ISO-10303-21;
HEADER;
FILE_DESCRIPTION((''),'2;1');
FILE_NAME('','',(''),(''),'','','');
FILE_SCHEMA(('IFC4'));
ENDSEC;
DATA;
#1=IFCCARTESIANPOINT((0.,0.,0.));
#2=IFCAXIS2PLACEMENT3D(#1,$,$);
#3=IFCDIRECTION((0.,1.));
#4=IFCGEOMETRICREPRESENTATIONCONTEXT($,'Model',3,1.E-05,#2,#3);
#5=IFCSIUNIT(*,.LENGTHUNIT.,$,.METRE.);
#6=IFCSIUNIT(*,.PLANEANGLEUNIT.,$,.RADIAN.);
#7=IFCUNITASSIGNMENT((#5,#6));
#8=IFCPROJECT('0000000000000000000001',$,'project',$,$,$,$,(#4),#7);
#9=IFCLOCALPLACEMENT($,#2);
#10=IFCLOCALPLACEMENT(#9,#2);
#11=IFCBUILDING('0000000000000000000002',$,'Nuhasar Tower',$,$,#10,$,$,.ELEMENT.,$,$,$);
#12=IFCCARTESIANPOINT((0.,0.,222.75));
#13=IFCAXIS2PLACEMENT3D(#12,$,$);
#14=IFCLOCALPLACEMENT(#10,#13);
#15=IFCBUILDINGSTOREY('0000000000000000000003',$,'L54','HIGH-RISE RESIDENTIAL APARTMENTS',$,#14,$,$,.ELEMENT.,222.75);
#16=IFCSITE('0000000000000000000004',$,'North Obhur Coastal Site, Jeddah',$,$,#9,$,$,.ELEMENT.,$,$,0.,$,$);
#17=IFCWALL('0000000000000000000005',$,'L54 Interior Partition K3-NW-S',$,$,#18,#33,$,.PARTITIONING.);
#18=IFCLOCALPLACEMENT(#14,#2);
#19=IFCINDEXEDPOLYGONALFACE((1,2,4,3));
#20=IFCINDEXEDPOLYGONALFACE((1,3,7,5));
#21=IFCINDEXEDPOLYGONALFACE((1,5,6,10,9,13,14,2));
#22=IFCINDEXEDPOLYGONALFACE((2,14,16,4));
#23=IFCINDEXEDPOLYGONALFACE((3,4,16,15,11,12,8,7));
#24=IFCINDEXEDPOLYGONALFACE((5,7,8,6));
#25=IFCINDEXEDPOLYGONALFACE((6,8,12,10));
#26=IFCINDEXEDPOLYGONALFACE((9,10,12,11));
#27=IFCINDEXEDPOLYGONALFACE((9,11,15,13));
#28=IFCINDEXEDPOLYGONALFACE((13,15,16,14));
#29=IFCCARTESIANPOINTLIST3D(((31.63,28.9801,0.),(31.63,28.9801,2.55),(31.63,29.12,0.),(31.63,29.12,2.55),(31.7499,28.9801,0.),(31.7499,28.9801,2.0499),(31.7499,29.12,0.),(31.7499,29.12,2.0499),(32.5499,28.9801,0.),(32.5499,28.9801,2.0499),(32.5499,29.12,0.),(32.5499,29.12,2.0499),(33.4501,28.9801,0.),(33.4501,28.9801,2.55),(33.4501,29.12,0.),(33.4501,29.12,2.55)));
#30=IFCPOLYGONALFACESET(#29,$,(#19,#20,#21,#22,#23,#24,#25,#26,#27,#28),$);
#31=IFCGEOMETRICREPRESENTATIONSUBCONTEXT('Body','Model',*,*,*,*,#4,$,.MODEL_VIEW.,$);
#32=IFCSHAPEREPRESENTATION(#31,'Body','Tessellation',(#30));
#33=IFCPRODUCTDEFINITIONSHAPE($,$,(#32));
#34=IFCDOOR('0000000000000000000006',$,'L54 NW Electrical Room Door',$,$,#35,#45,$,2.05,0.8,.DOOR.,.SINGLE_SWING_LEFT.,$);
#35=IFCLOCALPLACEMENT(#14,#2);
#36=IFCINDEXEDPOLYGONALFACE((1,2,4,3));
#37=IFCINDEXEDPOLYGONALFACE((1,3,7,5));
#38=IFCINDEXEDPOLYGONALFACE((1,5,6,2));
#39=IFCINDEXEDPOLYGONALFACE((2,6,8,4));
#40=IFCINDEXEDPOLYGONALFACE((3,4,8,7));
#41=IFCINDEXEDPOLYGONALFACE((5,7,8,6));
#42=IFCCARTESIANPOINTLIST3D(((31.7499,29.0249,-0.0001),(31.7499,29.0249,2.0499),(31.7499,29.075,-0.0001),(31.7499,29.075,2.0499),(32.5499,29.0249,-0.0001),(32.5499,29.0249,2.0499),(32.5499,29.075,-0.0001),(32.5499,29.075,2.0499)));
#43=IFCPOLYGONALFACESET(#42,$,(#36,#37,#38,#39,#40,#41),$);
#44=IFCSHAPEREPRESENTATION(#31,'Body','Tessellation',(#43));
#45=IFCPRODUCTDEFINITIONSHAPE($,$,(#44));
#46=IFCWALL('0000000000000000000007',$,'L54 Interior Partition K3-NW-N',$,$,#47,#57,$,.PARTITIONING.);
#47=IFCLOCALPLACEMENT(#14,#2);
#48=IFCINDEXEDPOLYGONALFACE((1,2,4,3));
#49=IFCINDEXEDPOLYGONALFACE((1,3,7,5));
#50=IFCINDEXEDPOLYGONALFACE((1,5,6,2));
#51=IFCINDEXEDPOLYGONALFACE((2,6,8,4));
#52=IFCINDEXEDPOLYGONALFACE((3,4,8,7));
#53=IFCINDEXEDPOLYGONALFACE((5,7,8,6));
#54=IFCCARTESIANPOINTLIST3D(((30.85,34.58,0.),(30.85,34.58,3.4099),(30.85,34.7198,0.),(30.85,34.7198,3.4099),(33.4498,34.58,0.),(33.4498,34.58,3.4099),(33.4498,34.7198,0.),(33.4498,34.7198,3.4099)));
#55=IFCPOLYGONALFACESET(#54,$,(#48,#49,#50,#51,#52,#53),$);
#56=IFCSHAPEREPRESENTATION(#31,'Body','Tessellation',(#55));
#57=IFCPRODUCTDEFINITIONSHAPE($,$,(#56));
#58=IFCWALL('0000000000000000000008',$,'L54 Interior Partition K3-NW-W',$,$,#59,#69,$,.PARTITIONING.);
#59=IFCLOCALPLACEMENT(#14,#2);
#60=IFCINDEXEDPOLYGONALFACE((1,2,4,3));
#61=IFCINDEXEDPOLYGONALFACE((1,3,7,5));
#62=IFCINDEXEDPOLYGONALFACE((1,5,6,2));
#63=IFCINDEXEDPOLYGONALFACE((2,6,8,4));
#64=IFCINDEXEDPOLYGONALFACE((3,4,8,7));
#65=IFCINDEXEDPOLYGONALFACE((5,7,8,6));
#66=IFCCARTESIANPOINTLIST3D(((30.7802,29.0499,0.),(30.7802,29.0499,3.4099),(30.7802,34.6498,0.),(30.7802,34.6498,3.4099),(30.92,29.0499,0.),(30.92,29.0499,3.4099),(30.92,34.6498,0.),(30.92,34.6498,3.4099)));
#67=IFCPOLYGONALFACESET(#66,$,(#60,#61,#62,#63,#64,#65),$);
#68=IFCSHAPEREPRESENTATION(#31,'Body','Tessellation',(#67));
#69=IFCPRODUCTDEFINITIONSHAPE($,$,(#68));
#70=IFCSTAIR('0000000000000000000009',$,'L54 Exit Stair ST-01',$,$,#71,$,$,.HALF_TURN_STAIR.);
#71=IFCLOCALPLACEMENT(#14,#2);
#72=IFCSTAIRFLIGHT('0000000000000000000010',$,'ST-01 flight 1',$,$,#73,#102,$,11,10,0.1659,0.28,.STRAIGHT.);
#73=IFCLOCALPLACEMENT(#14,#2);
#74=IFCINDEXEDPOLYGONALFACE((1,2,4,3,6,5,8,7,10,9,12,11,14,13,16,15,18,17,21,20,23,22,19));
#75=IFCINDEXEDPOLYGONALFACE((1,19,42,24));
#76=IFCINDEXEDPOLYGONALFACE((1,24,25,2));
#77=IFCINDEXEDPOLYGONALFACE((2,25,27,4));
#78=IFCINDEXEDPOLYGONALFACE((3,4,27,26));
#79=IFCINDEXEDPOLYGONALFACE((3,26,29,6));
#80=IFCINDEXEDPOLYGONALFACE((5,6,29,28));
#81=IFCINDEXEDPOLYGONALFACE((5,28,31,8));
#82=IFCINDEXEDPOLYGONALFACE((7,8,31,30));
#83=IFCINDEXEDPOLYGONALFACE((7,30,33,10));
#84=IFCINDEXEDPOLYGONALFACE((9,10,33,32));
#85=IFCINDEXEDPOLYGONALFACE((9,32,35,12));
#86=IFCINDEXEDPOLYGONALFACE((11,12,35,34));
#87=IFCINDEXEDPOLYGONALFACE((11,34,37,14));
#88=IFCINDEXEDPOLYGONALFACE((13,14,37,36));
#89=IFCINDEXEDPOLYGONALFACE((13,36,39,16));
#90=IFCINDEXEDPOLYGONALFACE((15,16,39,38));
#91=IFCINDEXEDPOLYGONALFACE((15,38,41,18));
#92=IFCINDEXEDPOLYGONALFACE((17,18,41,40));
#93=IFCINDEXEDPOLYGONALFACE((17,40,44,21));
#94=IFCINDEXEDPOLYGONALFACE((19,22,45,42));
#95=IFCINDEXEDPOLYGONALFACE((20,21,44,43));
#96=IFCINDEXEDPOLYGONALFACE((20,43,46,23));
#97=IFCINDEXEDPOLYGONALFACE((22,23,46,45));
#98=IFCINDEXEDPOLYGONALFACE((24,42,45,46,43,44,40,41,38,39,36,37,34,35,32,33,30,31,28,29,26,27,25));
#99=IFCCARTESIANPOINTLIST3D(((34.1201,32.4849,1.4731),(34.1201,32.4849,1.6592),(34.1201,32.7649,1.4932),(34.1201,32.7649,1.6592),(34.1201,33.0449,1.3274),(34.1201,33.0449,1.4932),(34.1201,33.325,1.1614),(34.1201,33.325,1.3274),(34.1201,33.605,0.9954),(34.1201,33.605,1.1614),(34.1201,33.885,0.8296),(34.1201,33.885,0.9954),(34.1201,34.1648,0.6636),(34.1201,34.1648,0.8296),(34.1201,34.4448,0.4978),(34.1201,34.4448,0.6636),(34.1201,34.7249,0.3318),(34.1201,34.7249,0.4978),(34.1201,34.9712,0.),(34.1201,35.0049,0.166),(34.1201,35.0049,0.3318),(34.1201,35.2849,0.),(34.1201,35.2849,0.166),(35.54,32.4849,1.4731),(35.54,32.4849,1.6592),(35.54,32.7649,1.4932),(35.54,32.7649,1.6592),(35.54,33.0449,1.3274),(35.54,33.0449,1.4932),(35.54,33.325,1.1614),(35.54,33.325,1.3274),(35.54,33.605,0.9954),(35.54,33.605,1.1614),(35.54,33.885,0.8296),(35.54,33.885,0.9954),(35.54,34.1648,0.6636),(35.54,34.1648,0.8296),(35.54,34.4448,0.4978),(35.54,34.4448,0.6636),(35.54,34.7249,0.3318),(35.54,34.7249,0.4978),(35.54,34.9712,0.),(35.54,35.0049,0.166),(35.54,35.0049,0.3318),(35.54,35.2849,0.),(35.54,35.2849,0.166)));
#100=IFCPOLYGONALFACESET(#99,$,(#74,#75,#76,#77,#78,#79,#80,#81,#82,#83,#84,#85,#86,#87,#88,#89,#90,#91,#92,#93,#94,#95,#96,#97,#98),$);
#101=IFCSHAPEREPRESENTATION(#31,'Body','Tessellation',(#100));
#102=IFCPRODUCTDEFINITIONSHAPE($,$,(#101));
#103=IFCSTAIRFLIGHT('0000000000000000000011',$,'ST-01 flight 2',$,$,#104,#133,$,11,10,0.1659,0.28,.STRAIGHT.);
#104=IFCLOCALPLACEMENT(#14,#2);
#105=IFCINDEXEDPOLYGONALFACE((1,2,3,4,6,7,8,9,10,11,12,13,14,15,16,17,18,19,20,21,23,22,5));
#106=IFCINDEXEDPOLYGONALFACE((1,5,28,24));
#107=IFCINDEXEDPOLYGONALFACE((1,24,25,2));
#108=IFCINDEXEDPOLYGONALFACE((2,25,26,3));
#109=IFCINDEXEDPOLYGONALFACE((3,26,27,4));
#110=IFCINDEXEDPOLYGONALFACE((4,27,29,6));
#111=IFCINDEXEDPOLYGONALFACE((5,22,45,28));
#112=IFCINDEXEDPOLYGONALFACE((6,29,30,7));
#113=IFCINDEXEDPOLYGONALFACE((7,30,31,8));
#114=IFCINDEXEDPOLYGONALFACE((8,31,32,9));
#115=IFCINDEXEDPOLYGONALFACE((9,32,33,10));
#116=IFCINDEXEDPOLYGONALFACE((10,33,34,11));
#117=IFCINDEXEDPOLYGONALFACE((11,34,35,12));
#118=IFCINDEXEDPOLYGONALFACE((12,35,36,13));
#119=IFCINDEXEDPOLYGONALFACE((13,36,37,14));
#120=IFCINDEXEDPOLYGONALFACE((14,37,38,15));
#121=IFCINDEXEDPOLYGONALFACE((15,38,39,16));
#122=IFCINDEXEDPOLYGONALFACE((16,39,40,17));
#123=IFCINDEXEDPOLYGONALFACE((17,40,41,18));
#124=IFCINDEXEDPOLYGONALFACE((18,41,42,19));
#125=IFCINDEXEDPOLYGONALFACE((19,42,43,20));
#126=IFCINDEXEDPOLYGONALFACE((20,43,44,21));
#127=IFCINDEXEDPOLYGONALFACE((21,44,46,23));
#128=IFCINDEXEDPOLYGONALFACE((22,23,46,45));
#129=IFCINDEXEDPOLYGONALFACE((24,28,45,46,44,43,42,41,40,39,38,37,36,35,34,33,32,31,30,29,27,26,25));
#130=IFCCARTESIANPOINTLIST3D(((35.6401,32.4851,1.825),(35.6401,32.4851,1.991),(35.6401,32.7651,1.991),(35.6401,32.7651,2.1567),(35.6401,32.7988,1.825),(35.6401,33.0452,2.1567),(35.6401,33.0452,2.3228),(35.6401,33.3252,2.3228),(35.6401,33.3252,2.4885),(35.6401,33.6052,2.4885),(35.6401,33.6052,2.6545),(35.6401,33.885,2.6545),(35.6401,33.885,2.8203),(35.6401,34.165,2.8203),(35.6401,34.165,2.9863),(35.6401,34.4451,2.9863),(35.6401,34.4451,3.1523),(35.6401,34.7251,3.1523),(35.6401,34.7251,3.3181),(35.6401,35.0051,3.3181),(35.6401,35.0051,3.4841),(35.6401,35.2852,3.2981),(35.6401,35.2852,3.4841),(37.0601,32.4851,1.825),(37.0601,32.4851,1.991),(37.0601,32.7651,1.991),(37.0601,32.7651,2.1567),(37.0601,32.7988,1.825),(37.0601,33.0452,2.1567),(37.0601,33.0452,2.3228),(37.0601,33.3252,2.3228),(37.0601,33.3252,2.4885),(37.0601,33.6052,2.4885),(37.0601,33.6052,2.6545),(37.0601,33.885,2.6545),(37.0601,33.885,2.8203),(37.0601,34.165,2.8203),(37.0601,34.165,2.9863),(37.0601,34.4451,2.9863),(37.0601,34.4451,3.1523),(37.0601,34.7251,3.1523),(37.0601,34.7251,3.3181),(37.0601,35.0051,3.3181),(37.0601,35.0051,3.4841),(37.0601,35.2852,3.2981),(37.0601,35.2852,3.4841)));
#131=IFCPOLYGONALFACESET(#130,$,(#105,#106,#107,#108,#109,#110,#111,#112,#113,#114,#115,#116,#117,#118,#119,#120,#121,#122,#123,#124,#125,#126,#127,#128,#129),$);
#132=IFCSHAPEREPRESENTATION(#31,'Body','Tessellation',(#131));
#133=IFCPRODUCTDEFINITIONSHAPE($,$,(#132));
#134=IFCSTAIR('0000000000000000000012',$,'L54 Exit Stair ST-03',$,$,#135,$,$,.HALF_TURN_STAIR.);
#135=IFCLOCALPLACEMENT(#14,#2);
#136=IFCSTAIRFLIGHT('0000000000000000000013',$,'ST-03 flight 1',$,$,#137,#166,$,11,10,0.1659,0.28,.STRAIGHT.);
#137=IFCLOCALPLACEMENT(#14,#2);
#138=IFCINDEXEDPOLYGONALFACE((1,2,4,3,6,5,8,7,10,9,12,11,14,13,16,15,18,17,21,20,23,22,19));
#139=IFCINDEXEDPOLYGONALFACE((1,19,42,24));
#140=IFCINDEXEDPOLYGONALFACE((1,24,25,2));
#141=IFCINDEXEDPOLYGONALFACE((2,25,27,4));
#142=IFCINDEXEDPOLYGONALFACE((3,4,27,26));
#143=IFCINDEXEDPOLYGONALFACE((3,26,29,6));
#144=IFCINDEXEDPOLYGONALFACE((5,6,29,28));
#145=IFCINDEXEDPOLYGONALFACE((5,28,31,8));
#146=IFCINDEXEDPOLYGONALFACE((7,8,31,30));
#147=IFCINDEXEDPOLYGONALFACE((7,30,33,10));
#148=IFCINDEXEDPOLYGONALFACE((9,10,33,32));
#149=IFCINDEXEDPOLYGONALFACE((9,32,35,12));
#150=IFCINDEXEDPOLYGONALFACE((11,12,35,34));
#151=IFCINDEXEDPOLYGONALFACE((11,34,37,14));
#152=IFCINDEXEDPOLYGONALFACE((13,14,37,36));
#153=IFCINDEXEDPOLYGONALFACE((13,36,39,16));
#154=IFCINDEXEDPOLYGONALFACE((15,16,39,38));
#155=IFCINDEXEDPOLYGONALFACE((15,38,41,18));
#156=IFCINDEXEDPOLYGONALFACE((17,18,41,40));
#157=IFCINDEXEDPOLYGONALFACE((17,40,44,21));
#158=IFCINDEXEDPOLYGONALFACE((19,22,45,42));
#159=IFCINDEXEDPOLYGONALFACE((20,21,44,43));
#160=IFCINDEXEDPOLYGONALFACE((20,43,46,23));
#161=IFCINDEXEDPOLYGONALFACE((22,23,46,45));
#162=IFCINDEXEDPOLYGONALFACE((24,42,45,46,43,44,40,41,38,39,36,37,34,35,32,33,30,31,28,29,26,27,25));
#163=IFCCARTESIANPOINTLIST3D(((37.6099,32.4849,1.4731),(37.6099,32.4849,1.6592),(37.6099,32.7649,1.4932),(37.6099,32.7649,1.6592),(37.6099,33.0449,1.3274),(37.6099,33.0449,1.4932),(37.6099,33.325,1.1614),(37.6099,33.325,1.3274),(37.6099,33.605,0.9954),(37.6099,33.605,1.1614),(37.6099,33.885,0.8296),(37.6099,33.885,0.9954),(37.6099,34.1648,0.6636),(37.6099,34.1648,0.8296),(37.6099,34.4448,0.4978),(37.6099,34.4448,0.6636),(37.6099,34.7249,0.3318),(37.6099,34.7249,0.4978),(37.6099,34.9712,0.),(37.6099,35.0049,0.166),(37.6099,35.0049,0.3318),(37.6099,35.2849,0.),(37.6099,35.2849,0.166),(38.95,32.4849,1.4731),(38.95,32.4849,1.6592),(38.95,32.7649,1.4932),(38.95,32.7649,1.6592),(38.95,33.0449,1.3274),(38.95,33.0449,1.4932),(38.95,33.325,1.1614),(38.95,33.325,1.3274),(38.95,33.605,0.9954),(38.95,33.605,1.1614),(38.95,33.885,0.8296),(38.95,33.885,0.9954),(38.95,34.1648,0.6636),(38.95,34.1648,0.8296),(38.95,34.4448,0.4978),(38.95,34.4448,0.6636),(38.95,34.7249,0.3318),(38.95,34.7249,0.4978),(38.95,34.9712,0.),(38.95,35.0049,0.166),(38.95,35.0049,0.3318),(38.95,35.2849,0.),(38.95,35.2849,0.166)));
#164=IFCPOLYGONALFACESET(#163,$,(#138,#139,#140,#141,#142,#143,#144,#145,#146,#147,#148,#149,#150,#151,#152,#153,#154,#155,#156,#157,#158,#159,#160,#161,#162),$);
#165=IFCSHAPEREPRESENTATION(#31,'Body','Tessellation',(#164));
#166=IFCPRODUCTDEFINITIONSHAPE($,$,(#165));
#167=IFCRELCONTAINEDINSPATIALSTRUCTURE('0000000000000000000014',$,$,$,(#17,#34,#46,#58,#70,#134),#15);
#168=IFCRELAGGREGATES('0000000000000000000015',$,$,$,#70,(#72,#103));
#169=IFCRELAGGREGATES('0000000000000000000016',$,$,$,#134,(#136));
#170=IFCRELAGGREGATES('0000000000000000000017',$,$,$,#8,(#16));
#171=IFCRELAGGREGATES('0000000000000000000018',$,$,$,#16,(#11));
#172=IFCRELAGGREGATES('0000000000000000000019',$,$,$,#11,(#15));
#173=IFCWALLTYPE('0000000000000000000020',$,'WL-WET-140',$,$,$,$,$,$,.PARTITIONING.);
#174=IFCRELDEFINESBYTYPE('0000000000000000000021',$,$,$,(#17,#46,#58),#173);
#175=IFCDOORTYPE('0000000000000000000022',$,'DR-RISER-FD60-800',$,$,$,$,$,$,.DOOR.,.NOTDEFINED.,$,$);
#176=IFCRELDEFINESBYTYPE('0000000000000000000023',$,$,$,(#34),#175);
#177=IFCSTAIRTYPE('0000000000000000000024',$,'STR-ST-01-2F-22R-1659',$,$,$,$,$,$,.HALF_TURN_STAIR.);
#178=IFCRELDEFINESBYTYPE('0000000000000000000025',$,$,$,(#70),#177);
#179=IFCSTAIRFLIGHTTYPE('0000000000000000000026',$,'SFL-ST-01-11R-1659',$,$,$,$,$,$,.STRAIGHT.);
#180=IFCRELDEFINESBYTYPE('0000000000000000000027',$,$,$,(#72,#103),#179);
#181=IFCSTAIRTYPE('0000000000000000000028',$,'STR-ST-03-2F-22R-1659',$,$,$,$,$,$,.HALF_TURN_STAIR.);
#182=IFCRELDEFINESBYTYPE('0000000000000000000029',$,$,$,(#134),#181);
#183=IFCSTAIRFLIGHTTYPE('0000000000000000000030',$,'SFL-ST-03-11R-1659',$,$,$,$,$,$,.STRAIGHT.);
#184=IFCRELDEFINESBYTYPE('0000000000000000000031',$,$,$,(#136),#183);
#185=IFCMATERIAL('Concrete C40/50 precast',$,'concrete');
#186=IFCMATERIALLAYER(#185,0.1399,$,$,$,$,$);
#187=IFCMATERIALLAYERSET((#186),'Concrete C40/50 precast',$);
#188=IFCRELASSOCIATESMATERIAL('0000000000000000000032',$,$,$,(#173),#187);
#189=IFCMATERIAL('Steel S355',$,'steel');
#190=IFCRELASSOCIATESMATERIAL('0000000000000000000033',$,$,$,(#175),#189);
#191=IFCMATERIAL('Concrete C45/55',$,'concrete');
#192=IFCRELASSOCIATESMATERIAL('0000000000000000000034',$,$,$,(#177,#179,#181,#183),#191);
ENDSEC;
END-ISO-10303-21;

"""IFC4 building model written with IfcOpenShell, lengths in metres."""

from ifc_helpers import new_model, si_unit, direction, frame, frame_2d, origin, place, context, subcontext, project, spatial, polyline, rectangle, outline, extrude, material, layer, layer_set, type_object, element, fill, aggregate, save


model = new_model("IFC4")

# Units and contexts
model_context = context("Model", 3, precision=1e-05, world=origin(), true_north=direction((0.0, 1.0)))
body_context = subcontext(model_context, "Body", "Model", "MODEL_VIEW")
ifc_project = project(units=[si_unit("LENGTHUNIT", "METRE"), si_unit("PLANEANGLEUNIT", "RADIAN")], contexts=[model_context])

# Site, building, storey
site_placement = place(None, origin())
site = spatial("IfcSite", under=ifc_project, at=site_placement, Name="North Obhur Coastal Site, Jeddah", CompositionType="ELEMENT", RefElevation=0.0)
building_placement = place(site_placement, origin())
building = spatial("IfcBuilding", under=site, at=building_placement, Name="Nuhasar Tower", CompositionType="ELEMENT")
storey_placement = place(building_placement, frame((0.0, 0.0, 222.75)))
storey = spatial("IfcBuildingStorey", under=building, at=storey_placement, Name="L54", Description="HIGH-RISE RESIDENTIAL APARTMENTS", CompositionType="ELEMENT", Elevation=222.75)

# Shared definitions
ifc_material_1 = material(Name="Steel S355", Category="steel")

# Shared definitions
ifc_material_2 = material(Name="Concrete C40/50 precast", Category="concrete")
ifc_layer_1 = layer(ifc_material_2, 0.1399)
ifc_layer_set_1 = layer_set([ifc_layer_1], Name="Concrete C40/50 precast")
wall_type_1 = type_object("IfcWallType", Name="WL-WET-140", PredefinedType="PARTITIONING", material=ifc_layer_set_1)

# Wall, opening, door
wall_1_placement = place(storey_placement, frame((31.6299, 29.05, 0.0), z_axis=(0.0, 0.0, 1.0), x_axis=(1.0, 0.0, 0.0)))
wall_1 = element("IfcWall", 1, at=wall_1_placement, inside=storey, type_object=wall_type_1, Name="L54 Interior Partition K3-NW-S", PredefinedType="PARTITIONING", context=body_context, shape_type="SweptSolid", body=[
    extrude(rectangle(XDim=1.8201, YDim=0.1399, at=frame_2d((0.9102, 0.0))), origin(), (0.0, 0.0, 1.0), 2.55),
])
opening_1_placement = place(wall_1_placement, frame((0.1201, 0.0, 0.0)))
opening_1 = element("IfcOpeningElement", 2, at=opening_1_placement, cuts=wall_1, PredefinedType="OPENING", context=body_context, shape_type="SweptSolid", body=[
    extrude(rectangle(XDim=0.8, YDim=2.05, at=frame_2d((0.3999, 1.0249))), frame((0.0, 0.0801, 0.0), z_axis=(0.0, -1.0, 0.0), x_axis=(1.0, 0.0, 0.0)), (0.0, 0.0, 1.0), 0.1599),
])
door_type_1 = type_object("IfcDoorType", Name="DR-RISER-FD60-800", OperationType="NOTDEFINED", PredefinedType="DOOR", material=ifc_material_1)
door_1_placement = place(opening_1_placement, origin())
door_1 = element("IfcDoor", 3, at=door_1_placement, inside=storey, type_object=door_type_1, Name="L54 NW Electrical Room Door", OperationType="SINGLE_SWING_LEFT", OverallHeight=2.05, OverallWidth=0.8, PredefinedType="DOOR", context=body_context, shape_type="SweptSolid", body=[
    extrude(rectangle(XDim=0.8, YDim=2.05, at=frame_2d((0.3999, 1.0249))), frame((0.0, 0.0249, 0.0), z_axis=(0.0, -1.0, 0.0), x_axis=(1.0, 0.0, 0.0)), (0.0, 0.0, 1.0), 0.05),
])
fill(opening_1, door_1)

# Walls
wall_2_placement = place(storey_placement, frame((30.8501, 34.6499, 0.0), z_axis=(0.0, 0.0, 1.0), x_axis=(1.0, 0.0, 0.0)))
element("IfcWall", 4, at=wall_2_placement, inside=storey, type_object=wall_type_1, Name="L54 Interior Partition K3-NW-N", PredefinedType="PARTITIONING", context=body_context, shape_type="SweptSolid", body=[
    extrude(rectangle(XDim=2.5999, YDim=0.1399, at=frame_2d((1.2998, 0.0))), origin(), (0.0, 0.0, 1.0), 3.4099),
])
wall_3_placement = place(storey_placement, frame((30.8501, 29.05, 0.0), z_axis=(0.0, 0.0, 1.0), x_axis=(0.0, 1.0, 0.0)))
element("IfcWall", 5, at=wall_3_placement, inside=storey, type_object=wall_type_1, Name="L54 Interior Partition K3-NW-W", PredefinedType="PARTITIONING", context=body_context, shape_type="SweptSolid", body=[
    extrude(rectangle(XDim=5.5999, YDim=0.1399, at=frame_2d((2.7998, 0.0))), origin(), (0.0, 0.0, 1.0), 3.4099),
])

# Stair, stair flights
ifc_material_3 = material(Name="Concrete C45/55", Category="concrete")
stair_type_1 = type_object("IfcStairType", Name="STR-ST-01-2F-22R-1659", PredefinedType="HALF_TURN_STAIR", material=ifc_material_3)
stair_1_placement = place(storey_placement, origin())
stair_1 = element("IfcStair", 6, at=stair_1_placement, inside=storey, type_object=stair_type_1, Name="L54 Exit Stair ST-01", PredefinedType="HALF_TURN_STAIR")
stair_flight_type_1 = type_object("IfcStairFlightType", Name="SFL-ST-01-11R-1659", PredefinedType="STRAIGHT", material=ifc_material_3)
stair_flight_1_placement = place(storey_placement, frame((34.8301, 35.2849, 0.0), z_axis=(0.0, 0.0, 1.0), x_axis=(0.0, -1.0, 0.0)))
stair_flight_1 = element("IfcStairFlight", 7, at=stair_flight_1_placement, type_object=stair_flight_type_1, Name="ST-01 flight 1", NumberOfRisers=11, NumberOfTreads=10, PredefinedType="STRAIGHT", RiserHeight=0.1659, TreadLength=0.28, context=body_context, shape_type="SweptSolid", body=[
    extrude(outline(polyline([(0.0, 0.0), (0.0, 0.166), (0.28, 0.166), (0.28, 0.3318), (0.5601, 0.3318), (0.5601, 0.4978), (0.8401, 0.4978), (0.8401, 0.6636), (1.1201, 0.6636), (1.1201, 0.8296), (1.3999, 0.8296), (1.3999, 0.9954), (1.6799, 0.9954), (1.6799, 1.1614), (1.96, 1.1614), (1.96, 1.3274), (2.24, 1.3274), (2.24, 1.4932), (2.52, 1.4932), (2.52, 1.6592), (2.8, 1.6592), (2.8, 1.825), (2.8, 1.4731), (0.3137, 0.0), (0.0, 0.0)])), frame((0.0, 0.71, 0.0), z_axis=(0.0, -1.0, 0.0), x_axis=(1.0, 0.0, 0.0)), (0.0, 0.0, 1.0), 1.4199),
])
stair_flight_2_placement = place(storey_placement, frame((36.3501, 32.4851, 1.825), z_axis=(0.0, 0.0, 1.0), x_axis=(0.0, 1.0, 0.0)))
stair_flight_2 = element("IfcStairFlight", 8, at=stair_flight_2_placement, type_object=stair_flight_type_1, Name="ST-01 flight 2", NumberOfRisers=11, NumberOfTreads=10, PredefinedType="STRAIGHT", RiserHeight=0.1659, TreadLength=0.28, context=body_context, shape_type="SweptSolid", body=[
    extrude(outline(polyline([(0.0, 0.0), (0.0, 0.166), (0.28, 0.166), (0.28, 0.3318), (0.5601, 0.3318), (0.5601, 0.4978), (0.8401, 0.4978), (0.8401, 0.6636), (1.1201, 0.6636), (1.1201, 0.8296), (1.3999, 0.8296), (1.3999, 0.9954), (1.6799, 0.9954), (1.6799, 1.1614), (1.96, 1.1614), (1.96, 1.3274), (2.24, 1.3274), (2.24, 1.4932), (2.52, 1.4932), (2.52, 1.6592), (2.8, 1.6592), (2.8, 1.825), (2.8, 1.4731), (0.3137, 0.0), (0.0, 0.0)])), frame((0.0, 0.71, 0.0), z_axis=(0.0, -1.0, 0.0), x_axis=(1.0, 0.0, 0.0)), (0.0, 0.0, 1.0), 1.4199),
])
aggregate(stair_1, [stair_flight_1, stair_flight_2])

# Stair, stair flight
stair_type_2 = type_object("IfcStairType", Name="STR-ST-03-2F-22R-1659", PredefinedType="HALF_TURN_STAIR", material=ifc_material_3)
stair_2_placement = place(storey_placement, origin())
stair_2 = element("IfcStair", 9, at=stair_2_placement, inside=storey, type_object=stair_type_2, Name="L54 Exit Stair ST-03", PredefinedType="HALF_TURN_STAIR")
stair_flight_type_2 = type_object("IfcStairFlightType", Name="SFL-ST-03-11R-1659", PredefinedType="STRAIGHT", material=ifc_material_3)
stair_flight_3_placement = place(storey_placement, frame((38.28, 35.2849, 0.0), z_axis=(0.0, 0.0, 1.0), x_axis=(0.0, -1.0, 0.0)))
stair_flight_3 = element("IfcStairFlight", 10, at=stair_flight_3_placement, type_object=stair_flight_type_2, Name="ST-03 flight 1", NumberOfRisers=11, NumberOfTreads=10, PredefinedType="STRAIGHT", RiserHeight=0.1659, TreadLength=0.28, context=body_context, shape_type="SweptSolid", body=[
    extrude(outline(polyline([(0.0, 0.0), (0.0, 0.166), (0.28, 0.166), (0.28, 0.3318), (0.5601, 0.3318), (0.5601, 0.4978), (0.8401, 0.4978), (0.8401, 0.6636), (1.1201, 0.6636), (1.1201, 0.8296), (1.3999, 0.8296), (1.3999, 0.9954), (1.6799, 0.9954), (1.6799, 1.1614), (1.96, 1.1614), (1.96, 1.3274), (2.24, 1.3274), (2.24, 1.4932), (2.52, 1.4932), (2.52, 1.6592), (2.8, 1.6592), (2.8, 1.825), (2.8, 1.4731), (0.3137, 0.0), (0.0, 0.0)])), frame((0.0, 0.6699, 0.0), z_axis=(0.0, -1.0, 0.0), x_axis=(1.0, 0.0, 0.0)), (0.0, 0.0, 1.0), 1.3401),
])
aggregate(stair_2, [stair_flight_3])

save(model, "model.ifc")
